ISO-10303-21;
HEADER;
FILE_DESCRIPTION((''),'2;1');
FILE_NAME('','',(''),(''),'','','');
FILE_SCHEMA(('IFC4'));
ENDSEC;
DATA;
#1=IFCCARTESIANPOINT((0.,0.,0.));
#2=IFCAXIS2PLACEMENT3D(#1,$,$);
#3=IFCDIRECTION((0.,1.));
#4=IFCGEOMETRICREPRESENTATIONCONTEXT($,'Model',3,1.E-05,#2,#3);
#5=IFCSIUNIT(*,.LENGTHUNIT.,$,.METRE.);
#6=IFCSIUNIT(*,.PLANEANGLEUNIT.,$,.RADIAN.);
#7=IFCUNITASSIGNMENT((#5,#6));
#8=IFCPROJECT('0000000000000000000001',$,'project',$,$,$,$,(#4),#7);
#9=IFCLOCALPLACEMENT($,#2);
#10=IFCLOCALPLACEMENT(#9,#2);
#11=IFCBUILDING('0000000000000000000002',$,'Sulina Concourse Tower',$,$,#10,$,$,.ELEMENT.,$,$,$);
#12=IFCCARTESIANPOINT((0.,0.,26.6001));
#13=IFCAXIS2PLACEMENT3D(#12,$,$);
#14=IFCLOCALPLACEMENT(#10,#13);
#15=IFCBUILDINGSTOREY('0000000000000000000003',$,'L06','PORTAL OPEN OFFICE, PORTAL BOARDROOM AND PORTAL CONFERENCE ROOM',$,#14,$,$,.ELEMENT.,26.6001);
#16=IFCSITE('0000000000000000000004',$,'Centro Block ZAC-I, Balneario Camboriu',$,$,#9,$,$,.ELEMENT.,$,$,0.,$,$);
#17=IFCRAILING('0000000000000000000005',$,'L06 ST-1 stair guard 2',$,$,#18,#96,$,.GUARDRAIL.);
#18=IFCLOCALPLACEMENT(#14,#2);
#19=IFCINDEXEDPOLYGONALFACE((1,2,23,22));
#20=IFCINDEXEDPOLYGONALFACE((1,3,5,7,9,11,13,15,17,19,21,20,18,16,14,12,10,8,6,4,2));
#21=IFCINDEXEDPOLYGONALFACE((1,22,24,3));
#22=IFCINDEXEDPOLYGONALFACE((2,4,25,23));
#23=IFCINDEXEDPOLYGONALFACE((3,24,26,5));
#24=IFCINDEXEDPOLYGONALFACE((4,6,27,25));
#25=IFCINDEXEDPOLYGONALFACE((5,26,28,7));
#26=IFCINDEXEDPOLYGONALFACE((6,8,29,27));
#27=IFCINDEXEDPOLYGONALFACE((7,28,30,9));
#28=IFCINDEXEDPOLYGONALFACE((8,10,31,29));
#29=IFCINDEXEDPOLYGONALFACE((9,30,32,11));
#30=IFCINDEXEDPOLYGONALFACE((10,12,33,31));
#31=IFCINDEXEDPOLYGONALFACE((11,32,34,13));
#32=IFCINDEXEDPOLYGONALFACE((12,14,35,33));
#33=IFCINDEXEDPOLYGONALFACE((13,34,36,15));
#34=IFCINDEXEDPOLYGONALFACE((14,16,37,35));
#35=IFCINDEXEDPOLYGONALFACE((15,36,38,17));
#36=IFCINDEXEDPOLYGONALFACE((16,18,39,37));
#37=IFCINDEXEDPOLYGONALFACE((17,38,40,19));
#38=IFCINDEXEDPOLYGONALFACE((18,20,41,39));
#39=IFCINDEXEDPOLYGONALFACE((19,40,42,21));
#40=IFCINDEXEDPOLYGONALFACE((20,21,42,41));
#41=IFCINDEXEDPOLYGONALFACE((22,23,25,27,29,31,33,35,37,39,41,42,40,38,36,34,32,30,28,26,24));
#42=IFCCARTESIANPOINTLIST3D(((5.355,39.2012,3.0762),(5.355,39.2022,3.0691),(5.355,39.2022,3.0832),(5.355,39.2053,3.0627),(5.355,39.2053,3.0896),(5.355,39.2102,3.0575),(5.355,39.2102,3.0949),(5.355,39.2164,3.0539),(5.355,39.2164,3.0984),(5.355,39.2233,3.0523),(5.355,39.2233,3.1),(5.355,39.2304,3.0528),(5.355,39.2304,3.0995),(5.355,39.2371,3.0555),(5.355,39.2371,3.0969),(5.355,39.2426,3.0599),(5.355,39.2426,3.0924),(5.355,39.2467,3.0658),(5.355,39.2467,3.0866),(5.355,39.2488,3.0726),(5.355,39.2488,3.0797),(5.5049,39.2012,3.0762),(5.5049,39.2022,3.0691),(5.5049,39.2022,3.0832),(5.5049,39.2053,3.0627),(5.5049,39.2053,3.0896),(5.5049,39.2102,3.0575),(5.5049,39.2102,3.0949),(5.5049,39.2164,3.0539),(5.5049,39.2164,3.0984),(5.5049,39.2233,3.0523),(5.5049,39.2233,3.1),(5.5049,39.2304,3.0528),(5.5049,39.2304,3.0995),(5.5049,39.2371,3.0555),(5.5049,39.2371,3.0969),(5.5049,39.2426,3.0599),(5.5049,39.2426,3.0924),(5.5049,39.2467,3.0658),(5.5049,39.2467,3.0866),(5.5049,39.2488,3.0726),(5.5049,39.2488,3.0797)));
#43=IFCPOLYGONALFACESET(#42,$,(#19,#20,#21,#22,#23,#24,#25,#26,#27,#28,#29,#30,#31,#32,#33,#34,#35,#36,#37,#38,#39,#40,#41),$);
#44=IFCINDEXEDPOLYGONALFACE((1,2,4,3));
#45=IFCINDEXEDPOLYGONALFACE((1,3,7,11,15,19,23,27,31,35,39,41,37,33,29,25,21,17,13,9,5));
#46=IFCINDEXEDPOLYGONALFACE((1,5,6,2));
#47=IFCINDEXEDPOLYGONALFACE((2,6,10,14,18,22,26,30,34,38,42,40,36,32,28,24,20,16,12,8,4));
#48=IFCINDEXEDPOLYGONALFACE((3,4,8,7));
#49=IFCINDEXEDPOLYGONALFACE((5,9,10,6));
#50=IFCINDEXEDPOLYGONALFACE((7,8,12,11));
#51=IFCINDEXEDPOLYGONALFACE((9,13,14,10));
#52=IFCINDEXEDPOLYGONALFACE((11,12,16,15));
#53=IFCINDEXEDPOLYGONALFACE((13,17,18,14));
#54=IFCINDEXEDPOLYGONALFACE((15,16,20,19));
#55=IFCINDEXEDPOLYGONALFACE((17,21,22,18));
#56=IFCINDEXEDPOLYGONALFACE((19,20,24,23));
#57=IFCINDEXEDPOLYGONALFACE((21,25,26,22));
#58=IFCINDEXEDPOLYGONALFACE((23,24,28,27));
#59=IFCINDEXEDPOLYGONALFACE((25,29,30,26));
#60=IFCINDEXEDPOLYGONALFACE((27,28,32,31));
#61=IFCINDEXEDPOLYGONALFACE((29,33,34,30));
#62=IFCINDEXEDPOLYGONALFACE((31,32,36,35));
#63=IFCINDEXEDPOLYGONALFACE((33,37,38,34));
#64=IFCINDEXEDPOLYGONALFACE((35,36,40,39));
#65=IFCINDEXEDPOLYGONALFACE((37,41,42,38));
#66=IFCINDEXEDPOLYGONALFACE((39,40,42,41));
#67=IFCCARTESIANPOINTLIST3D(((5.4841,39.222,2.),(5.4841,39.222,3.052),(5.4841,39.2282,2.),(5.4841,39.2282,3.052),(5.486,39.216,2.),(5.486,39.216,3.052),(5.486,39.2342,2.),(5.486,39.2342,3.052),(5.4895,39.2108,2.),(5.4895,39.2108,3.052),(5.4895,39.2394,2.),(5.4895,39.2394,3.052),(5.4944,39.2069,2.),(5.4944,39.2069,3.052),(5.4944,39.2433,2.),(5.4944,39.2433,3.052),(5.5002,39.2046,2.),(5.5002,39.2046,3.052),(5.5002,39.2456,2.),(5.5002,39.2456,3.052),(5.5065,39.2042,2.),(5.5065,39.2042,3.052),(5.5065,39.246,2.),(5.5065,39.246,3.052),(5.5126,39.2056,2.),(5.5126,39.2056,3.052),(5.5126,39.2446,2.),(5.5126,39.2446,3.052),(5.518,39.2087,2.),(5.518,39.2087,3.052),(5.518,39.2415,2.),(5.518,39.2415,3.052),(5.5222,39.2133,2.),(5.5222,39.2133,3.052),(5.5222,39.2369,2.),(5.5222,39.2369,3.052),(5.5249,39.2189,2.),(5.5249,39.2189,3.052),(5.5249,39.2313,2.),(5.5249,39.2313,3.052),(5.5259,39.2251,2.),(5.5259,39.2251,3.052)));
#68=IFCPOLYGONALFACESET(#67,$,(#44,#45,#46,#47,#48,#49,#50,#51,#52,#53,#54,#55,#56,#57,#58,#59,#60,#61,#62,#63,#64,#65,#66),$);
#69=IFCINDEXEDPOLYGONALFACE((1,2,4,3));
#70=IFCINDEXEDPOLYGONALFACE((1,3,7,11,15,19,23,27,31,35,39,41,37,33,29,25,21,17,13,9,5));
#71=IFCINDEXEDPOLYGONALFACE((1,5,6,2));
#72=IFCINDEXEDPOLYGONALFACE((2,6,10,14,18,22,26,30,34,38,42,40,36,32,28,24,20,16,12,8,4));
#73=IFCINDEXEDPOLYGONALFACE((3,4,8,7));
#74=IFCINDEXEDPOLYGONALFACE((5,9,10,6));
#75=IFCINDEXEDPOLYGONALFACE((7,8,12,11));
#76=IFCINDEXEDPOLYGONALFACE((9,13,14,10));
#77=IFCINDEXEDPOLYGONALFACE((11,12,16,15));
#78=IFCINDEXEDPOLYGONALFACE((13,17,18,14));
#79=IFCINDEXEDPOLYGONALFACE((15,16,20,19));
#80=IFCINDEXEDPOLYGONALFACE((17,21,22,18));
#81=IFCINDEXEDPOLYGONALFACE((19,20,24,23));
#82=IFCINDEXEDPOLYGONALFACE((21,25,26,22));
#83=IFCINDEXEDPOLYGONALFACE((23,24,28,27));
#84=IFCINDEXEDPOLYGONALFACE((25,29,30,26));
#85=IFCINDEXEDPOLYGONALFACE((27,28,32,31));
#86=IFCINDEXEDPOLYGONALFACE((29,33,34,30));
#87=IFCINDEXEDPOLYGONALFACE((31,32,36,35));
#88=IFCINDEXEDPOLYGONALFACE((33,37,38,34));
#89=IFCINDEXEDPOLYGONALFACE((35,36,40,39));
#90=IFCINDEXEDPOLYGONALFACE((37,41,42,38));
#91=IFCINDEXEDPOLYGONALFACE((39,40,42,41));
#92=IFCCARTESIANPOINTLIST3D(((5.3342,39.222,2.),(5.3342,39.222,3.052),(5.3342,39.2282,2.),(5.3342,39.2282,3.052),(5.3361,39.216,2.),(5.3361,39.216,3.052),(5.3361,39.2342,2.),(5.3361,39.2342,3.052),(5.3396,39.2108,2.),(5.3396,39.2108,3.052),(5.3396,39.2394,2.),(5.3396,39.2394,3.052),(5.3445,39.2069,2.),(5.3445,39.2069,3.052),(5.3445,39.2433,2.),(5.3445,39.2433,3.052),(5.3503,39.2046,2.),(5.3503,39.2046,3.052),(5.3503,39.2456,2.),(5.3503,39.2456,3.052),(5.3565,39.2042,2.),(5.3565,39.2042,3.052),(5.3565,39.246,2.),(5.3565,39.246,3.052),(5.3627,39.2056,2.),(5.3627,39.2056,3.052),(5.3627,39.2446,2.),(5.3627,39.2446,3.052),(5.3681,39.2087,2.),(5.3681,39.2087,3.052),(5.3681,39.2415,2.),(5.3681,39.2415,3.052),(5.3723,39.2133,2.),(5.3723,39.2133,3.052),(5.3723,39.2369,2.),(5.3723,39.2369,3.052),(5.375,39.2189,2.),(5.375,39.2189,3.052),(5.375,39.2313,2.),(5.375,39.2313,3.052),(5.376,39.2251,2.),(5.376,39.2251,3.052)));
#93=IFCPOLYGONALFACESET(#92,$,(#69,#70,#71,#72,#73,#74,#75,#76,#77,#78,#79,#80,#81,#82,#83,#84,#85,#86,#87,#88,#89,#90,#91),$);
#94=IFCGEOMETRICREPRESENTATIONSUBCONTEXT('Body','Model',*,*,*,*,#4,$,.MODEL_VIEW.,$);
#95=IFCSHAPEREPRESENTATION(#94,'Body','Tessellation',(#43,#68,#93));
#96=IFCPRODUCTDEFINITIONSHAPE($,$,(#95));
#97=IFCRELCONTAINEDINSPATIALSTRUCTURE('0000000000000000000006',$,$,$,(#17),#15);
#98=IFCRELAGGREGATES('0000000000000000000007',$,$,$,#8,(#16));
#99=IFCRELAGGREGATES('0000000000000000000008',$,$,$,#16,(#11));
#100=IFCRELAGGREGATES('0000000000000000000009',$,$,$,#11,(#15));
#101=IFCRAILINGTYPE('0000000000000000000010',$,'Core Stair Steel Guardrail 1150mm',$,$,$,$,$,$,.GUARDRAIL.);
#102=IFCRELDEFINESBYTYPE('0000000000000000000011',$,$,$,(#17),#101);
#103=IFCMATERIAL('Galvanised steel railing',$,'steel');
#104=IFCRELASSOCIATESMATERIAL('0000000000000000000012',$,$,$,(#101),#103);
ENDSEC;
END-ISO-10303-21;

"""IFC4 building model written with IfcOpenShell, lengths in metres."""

from ifc_helpers import new_model, si_unit, direction, frame, origin, origin_2d, place, context, subcontext, project, spatial, circle, extrude, material, type_object, element, save


model = new_model("IFC4")

# Units and contexts
model_context = context("Model", 3, precision=1e-05, world=origin(), true_north=direction((0.0, 1.0)))
body_context = subcontext(model_context, "Body", "Model", "MODEL_VIEW")
ifc_project = project(units=[si_unit("LENGTHUNIT", "METRE"), si_unit("PLANEANGLEUNIT", "RADIAN")], contexts=[model_context])

# Site, building, storey
site_placement = place(None, origin())
site = spatial("IfcSite", under=ifc_project, at=site_placement, Name="Centro Block ZAC-I, Balneario Camboriu", CompositionType="ELEMENT", RefElevation=0.0)
building_placement = place(site_placement, origin())
building = spatial("IfcBuilding", under=site, at=building_placement, Name="Sulina Concourse Tower", CompositionType="ELEMENT")
storey_placement = place(building_placement, frame((0.0, 0.0, 26.6001)))
storey = spatial("IfcBuildingStorey", under=building, at=storey_placement, Name="L06", Description="PORTAL OPEN OFFICE, PORTAL BOARDROOM AND PORTAL CONFERENCE ROOM", CompositionType="ELEMENT", Elevation=26.6001)

# Railing
ifc_material_1 = material(Name="Galvanised steel railing", Category="steel")
railing_type_1 = type_object("IfcRailingType", Name="Core Stair Steel Guardrail 1150mm", PredefinedType="GUARDRAIL", material=ifc_material_1)
railing_1_placement = place(storey_placement, frame((5.5049, 39.2251, 2.0)))
element("IfcRailing", 1, at=railing_1_placement, inside=storey, type_object=railing_type_1, Name="L06 ST-1 stair guard 2", PredefinedType="GUARDRAIL", context=body_context, shape_type="SweptSolid", body=[
    extrude(circle(Radius=0.0239, at=origin_2d()), frame((0.0, 0.0, 1.0762), z_axis=(-1.0, 0.0, 0.0), x_axis=(0.0, -1.0, 0.0)), (0.0, 0.0, 1.0), 0.1499),
    extrude(circle(Radius=0.021, at=origin_2d()), origin(), (0.0, 0.0, 1.0), 1.052),
    extrude(circle(Radius=0.021, at=origin_2d()), frame((-0.1499, 0.0, 0.0)), (0.0, 0.0, 1.0), 1.052),
])

save(model, "model.ifc")
